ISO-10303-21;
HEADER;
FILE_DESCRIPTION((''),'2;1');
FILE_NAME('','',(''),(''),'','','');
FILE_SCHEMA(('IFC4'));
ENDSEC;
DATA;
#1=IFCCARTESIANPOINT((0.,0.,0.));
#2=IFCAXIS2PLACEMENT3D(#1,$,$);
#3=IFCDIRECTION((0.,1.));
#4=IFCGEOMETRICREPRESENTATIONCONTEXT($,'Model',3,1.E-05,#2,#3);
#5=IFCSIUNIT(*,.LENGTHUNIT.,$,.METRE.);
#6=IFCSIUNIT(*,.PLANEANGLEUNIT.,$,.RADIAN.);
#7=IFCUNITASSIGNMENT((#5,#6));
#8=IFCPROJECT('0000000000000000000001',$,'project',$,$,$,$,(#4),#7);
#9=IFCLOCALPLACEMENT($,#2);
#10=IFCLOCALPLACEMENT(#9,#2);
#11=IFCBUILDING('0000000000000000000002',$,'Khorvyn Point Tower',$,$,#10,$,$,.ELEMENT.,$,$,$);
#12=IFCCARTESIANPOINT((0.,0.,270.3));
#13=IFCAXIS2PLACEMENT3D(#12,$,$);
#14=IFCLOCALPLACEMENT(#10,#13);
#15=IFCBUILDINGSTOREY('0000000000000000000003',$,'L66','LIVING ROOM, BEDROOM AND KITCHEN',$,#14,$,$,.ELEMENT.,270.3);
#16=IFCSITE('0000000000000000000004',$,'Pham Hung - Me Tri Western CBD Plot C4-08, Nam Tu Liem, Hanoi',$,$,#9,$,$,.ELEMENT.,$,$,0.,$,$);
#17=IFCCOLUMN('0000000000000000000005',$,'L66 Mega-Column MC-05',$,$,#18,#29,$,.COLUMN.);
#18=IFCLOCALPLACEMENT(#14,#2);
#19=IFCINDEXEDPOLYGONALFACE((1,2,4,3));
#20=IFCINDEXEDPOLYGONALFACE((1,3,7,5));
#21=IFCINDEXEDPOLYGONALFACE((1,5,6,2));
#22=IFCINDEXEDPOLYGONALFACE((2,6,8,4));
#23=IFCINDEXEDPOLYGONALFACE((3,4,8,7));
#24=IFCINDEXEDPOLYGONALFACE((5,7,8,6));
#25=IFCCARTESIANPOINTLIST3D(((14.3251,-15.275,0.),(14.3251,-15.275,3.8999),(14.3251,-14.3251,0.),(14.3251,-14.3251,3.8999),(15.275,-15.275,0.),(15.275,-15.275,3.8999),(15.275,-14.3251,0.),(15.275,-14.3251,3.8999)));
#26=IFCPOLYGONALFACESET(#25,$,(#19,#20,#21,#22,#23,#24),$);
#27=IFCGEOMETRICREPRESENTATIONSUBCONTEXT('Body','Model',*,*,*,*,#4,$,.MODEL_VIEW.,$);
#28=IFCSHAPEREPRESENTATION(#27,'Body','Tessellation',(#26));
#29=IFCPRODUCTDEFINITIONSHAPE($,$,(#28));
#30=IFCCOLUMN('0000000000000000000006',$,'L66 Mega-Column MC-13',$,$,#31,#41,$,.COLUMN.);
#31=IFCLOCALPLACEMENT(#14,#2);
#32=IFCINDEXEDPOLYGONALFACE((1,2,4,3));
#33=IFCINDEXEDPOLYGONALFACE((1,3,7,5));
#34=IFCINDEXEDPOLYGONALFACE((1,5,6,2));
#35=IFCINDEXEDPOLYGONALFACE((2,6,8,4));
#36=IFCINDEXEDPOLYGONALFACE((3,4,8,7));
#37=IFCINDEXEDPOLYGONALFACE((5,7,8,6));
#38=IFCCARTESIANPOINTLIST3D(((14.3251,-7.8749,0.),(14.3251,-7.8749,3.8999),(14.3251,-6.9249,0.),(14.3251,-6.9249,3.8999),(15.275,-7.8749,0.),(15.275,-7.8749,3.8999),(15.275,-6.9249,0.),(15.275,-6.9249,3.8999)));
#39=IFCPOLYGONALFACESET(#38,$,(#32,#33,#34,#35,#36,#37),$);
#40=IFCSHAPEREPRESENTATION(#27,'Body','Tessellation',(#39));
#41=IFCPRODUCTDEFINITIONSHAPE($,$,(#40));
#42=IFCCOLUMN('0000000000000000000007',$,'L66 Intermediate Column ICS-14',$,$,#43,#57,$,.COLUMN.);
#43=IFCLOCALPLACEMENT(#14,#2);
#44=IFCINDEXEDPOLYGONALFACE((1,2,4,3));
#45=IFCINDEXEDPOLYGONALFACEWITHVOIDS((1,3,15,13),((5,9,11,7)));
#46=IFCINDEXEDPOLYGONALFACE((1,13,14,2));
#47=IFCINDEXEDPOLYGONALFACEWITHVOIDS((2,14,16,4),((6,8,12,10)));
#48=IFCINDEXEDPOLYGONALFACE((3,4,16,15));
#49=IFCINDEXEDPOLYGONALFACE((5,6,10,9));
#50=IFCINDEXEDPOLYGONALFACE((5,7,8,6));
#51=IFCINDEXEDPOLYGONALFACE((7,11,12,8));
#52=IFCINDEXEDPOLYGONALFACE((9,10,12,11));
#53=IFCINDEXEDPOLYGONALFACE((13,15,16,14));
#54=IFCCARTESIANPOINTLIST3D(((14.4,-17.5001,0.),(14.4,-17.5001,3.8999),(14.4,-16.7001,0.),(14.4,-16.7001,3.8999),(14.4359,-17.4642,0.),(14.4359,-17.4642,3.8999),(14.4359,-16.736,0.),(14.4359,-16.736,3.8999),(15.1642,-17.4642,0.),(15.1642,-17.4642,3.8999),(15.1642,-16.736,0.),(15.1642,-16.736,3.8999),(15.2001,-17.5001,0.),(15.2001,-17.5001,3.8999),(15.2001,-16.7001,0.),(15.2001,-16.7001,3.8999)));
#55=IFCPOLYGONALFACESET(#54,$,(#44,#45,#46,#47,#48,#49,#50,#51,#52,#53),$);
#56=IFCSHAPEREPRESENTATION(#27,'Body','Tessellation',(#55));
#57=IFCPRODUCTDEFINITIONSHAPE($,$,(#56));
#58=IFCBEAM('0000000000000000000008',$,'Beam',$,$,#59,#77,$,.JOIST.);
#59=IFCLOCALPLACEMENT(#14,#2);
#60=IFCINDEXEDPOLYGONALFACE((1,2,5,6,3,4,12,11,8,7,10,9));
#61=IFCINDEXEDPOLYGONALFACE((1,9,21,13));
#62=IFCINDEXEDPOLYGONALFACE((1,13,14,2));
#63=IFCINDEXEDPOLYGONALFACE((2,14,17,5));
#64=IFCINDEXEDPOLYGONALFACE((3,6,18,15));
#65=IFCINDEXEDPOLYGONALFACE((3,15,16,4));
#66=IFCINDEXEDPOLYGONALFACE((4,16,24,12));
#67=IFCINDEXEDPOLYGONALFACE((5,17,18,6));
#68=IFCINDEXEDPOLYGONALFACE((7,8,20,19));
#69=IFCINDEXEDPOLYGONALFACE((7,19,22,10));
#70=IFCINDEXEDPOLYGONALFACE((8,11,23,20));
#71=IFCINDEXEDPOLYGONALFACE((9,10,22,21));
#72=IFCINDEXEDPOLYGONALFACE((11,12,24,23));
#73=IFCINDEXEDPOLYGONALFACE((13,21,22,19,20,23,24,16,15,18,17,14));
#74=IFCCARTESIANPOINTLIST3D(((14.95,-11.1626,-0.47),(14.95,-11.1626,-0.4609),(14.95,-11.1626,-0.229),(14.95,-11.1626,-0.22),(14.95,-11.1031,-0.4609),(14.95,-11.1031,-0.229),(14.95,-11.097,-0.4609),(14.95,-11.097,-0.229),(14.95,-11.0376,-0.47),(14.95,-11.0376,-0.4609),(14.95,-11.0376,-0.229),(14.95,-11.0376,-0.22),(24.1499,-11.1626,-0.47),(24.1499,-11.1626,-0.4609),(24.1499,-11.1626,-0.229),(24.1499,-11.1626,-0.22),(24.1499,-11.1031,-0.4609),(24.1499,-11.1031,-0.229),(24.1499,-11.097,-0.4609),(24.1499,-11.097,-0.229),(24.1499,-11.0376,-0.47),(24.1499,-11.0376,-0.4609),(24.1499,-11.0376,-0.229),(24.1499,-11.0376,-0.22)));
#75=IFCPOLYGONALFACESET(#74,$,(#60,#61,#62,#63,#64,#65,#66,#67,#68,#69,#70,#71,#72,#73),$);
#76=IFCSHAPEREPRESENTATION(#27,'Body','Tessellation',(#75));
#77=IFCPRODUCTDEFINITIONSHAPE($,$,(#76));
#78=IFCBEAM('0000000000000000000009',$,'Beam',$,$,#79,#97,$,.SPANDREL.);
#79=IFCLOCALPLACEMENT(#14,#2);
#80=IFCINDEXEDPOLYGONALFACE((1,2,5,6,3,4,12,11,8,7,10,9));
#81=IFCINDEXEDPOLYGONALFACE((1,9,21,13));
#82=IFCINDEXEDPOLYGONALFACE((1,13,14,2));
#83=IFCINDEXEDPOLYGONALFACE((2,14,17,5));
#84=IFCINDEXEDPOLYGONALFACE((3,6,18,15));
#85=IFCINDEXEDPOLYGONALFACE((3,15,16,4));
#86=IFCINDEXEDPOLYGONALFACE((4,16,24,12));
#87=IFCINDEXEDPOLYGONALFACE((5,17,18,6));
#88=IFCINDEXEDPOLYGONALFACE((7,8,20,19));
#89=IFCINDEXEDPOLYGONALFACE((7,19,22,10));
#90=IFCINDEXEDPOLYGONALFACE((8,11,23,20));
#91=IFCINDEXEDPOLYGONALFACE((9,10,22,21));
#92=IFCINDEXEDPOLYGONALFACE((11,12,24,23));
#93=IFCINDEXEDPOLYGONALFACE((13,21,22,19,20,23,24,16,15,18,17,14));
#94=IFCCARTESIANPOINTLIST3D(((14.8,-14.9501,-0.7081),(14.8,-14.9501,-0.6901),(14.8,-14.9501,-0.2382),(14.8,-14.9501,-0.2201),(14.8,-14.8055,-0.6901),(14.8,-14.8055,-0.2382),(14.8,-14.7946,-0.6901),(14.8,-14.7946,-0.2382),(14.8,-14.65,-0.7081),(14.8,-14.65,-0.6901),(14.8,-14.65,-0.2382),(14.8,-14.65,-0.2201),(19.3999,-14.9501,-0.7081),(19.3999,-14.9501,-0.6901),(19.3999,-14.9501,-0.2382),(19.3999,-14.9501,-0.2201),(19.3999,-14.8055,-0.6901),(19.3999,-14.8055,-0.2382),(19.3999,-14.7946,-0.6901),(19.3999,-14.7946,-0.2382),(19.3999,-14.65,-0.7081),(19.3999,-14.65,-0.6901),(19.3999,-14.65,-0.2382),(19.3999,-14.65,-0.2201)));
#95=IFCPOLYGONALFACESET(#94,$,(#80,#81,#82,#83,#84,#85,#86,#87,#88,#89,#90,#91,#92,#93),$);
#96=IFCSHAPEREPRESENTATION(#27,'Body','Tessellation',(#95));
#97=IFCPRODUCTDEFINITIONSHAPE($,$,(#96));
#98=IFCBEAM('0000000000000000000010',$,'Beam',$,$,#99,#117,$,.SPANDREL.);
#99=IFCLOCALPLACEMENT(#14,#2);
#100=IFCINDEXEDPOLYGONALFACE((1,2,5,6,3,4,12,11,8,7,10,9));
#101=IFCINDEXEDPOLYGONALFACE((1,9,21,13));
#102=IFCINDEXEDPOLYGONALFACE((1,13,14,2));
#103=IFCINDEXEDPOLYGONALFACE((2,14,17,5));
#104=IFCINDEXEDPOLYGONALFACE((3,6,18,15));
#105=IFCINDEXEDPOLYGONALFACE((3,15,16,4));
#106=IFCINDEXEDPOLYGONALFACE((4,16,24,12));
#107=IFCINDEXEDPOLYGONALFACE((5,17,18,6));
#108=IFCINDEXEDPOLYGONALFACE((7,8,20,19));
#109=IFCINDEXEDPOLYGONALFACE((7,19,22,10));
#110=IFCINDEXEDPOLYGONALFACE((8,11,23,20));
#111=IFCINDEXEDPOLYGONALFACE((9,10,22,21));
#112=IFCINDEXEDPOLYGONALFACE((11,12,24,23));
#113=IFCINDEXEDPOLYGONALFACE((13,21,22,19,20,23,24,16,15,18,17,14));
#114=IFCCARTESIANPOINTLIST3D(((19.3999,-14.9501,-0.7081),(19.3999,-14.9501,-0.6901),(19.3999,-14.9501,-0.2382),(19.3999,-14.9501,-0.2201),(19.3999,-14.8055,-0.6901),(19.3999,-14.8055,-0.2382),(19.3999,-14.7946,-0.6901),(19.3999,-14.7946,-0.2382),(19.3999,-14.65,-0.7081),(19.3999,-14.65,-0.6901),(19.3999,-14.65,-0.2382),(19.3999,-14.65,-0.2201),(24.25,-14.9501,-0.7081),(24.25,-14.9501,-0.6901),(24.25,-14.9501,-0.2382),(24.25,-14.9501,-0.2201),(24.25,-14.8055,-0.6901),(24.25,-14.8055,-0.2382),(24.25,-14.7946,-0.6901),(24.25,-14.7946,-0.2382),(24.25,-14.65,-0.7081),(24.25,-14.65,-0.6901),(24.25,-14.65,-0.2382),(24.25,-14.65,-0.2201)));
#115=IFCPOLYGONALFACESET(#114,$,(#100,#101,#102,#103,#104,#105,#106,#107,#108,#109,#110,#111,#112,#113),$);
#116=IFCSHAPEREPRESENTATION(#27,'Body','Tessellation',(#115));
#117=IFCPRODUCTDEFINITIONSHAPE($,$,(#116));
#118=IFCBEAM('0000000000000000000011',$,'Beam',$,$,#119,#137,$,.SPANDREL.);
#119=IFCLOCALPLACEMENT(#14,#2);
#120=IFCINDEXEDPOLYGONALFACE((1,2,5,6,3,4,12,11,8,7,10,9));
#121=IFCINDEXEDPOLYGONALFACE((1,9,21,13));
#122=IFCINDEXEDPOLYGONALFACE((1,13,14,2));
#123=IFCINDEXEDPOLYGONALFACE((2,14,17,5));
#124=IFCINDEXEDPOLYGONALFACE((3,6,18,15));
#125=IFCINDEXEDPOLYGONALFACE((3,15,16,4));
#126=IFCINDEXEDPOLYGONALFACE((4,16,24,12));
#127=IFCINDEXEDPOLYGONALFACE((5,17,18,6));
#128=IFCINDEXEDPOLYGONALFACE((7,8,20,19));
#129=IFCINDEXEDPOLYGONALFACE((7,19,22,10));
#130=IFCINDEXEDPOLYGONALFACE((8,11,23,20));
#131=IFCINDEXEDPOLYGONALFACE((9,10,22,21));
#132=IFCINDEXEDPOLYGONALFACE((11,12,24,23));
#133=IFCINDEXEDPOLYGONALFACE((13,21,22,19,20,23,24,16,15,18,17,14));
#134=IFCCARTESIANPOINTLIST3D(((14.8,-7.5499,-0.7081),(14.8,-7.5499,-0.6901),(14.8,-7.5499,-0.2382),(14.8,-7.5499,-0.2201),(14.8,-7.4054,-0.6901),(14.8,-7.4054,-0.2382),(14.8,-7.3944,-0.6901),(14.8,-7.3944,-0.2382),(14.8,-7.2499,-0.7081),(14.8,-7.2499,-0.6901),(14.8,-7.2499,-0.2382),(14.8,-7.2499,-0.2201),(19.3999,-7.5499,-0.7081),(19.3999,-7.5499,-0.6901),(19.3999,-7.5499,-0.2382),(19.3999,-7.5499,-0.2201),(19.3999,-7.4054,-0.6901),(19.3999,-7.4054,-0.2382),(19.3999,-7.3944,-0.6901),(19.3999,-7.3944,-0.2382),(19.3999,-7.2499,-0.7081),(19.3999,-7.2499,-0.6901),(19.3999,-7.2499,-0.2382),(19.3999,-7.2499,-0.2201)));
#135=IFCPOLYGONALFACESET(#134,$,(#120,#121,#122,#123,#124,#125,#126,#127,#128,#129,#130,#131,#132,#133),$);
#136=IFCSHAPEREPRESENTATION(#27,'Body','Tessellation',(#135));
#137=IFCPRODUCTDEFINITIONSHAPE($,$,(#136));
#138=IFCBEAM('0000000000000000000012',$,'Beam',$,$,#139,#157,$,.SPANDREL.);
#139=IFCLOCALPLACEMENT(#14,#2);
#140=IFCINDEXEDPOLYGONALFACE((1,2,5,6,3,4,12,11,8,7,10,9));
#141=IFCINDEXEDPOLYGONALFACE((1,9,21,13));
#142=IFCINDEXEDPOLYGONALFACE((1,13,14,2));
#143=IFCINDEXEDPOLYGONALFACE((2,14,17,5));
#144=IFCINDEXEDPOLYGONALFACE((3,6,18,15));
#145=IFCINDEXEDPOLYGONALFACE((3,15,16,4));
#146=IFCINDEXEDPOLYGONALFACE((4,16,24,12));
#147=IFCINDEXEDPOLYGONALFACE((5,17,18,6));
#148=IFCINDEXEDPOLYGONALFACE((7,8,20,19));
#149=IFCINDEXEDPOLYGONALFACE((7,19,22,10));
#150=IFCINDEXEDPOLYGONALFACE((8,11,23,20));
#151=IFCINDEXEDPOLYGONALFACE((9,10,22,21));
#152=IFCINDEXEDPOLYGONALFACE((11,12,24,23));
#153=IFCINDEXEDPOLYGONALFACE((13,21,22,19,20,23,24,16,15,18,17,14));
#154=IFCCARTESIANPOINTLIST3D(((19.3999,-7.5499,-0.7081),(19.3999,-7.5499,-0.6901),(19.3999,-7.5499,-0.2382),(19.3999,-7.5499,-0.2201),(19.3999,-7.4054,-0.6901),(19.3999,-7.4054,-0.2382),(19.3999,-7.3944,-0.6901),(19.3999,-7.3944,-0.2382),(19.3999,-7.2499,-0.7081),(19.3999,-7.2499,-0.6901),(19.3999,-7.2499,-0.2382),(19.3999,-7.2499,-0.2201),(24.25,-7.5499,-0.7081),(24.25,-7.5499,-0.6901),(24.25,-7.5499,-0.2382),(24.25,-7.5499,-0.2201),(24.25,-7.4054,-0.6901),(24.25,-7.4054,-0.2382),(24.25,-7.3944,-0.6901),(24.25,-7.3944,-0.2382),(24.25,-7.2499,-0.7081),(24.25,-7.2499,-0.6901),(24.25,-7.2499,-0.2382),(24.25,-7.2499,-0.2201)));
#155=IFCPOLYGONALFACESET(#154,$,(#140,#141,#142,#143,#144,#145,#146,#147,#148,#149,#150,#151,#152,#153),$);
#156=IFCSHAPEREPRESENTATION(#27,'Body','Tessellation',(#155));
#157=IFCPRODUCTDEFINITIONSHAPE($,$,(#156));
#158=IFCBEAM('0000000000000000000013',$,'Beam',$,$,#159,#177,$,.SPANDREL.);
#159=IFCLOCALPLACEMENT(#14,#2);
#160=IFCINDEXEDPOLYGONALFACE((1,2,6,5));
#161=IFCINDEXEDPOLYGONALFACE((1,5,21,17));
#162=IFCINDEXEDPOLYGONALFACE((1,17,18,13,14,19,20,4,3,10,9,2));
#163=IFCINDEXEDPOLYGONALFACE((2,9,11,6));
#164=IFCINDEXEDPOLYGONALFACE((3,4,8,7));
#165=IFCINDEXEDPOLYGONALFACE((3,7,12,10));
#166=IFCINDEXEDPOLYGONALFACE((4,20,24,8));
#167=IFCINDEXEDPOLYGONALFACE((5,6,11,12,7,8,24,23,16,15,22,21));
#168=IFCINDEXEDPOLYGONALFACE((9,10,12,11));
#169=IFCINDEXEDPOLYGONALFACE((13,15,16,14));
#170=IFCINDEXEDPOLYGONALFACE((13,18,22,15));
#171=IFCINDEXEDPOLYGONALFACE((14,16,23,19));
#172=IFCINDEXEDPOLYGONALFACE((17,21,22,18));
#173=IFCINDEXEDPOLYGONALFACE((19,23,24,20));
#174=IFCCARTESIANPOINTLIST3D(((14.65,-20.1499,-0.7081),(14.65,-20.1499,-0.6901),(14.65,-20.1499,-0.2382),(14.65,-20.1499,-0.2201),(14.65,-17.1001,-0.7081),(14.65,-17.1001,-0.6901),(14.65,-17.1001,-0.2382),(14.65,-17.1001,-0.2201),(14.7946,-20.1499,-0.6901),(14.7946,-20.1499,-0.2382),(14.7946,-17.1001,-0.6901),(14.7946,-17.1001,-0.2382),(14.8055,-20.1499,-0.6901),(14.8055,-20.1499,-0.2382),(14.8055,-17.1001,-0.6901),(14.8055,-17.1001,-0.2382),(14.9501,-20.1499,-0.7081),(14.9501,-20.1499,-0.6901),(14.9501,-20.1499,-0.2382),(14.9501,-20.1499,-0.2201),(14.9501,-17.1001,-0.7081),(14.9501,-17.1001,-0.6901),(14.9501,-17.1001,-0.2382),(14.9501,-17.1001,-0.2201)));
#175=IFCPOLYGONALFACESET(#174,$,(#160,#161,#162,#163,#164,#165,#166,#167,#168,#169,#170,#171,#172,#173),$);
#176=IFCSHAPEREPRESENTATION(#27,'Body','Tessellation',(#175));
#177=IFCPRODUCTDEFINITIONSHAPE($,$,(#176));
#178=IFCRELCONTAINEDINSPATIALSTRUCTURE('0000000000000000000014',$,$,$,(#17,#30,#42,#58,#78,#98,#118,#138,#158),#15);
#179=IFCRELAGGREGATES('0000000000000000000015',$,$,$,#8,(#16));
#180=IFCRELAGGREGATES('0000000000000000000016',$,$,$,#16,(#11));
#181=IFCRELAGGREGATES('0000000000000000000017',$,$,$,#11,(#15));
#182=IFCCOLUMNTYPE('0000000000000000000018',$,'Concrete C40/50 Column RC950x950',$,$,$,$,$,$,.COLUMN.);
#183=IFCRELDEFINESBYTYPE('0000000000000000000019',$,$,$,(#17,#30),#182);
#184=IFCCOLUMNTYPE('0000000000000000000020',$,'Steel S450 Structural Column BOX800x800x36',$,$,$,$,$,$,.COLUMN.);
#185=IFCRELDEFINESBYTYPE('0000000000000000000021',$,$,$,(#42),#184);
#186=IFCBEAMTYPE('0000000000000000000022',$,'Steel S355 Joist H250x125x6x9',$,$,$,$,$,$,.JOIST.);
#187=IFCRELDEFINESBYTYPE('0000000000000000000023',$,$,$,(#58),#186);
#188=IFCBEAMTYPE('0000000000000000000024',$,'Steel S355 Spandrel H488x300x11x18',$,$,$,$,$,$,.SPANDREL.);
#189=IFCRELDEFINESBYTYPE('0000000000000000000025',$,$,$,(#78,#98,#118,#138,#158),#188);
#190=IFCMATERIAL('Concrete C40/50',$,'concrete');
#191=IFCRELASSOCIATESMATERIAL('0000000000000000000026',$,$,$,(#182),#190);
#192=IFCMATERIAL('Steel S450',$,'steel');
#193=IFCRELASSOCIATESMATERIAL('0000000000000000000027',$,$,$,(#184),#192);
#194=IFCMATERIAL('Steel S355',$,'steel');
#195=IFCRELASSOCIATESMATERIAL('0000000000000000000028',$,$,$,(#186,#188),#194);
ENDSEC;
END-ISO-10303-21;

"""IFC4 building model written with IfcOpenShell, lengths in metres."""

from ifc_helpers import new_model, si_unit, direction, frame, origin, origin_2d, place, context, subcontext, project, spatial, rectangle, hollow_rectangle, i_section, extrude, material, material_profile, profile_set, type_object, element, save


model = new_model("IFC4")

# Units and contexts
model_context = context("Model", 3, precision=1e-05, world=origin(), true_north=direction((0.0, 1.0)))
body_context = subcontext(model_context, "Body", "Model", "MODEL_VIEW")
ifc_project = project(units=[si_unit("LENGTHUNIT", "METRE"), si_unit("PLANEANGLEUNIT", "RADIAN")], contexts=[model_context])

# Site, building, storey
site_placement = place(None, origin())
site = spatial("IfcSite", under=ifc_project, at=site_placement, Name="Pham Hung - Me Tri Western CBD Plot C4-08, Nam Tu Liem, Hanoi", CompositionType="ELEMENT", RefElevation=0.0)
building_placement = place(site_placement, origin())
building = spatial("IfcBuilding", under=site, at=building_placement, Name="Khorvyn Point Tower", CompositionType="ELEMENT")
storey_placement = place(building_placement, frame((0.0, 0.0, 270.3)))
storey = spatial("IfcBuildingStorey", under=building, at=storey_placement, Name="L66", Description="LIVING ROOM, BEDROOM AND KITCHEN", CompositionType="ELEMENT", Elevation=270.3)

# Columns
ifc_material_1 = material(Name="Concrete C40/50", Category="concrete")
ifc_material_profile_1 = material_profile(ifc_material_1, rectangle(XDim=0.95, YDim=0.95, at=origin_2d()))
ifc_profile_set_1 = profile_set([ifc_material_profile_1], Name="Concrete C40/50 RC950x950")
column_type_1 = type_object("IfcColumnType", Name="Concrete C40/50 Column RC950x950", PredefinedType="COLUMN", material=ifc_profile_set_1)
for number, where, z_axis, x_axis, name in (
    (1, (14.8, -14.8, 0.0), (0.0, 0.0, 1.0), (1.0, 0.0, 0.0), "L66 Mega-Column MC-05"),
    (2, (14.8, -7.3999, 0.0), (0.0, 0.0, 1.0), (1.0, 0.0, 0.0), "L66 Mega-Column MC-13"),
):
    element("IfcColumn", number, at=place(storey_placement, frame(where, z_axis=z_axis, x_axis=x_axis)), inside=storey, type_object=column_type_1, Name=name, PredefinedType="COLUMN", context=body_context, shape_type="SweptSolid", body=[
        extrude(rectangle(XDim=0.95, YDim=0.95, at=origin_2d()), origin(), (0.0, 0.0, 1.0), 3.8999),
    ])
ifc_material_2 = material(Name="Steel S450", Category="steel")
ifc_material_profile_2 = material_profile(ifc_material_2, hollow_rectangle(XDim=0.8, YDim=0.8, WallThickness=0.0359, at=origin_2d()))
ifc_profile_set_2 = profile_set([ifc_material_profile_2], Name="Steel S450 BOX800x800x36")
column_type_2 = type_object("IfcColumnType", Name="Steel S450 Structural Column BOX800x800x36", PredefinedType="COLUMN", material=ifc_profile_set_2)
column_placement = place(storey_placement, frame((14.8, -17.1001, 0.0), z_axis=(0.0, 0.0, 1.0), x_axis=(1.0, 0.0, 0.0)))
element("IfcColumn", 3, at=column_placement, inside=storey, type_object=column_type_2, Name="L66 Intermediate Column ICS-14", PredefinedType="COLUMN", context=body_context, shape_type="SweptSolid", body=[
    extrude(hollow_rectangle(XDim=0.8, YDim=0.8, WallThickness=0.0359, at=origin_2d()), origin(), (0.0, 0.0, 1.0), 3.8999),
])

# Beams
ifc_material_3 = material(Name="Steel S355", Category="steel")
ifc_material_profile_3 = material_profile(ifc_material_3, i_section(OverallWidth=0.125, OverallDepth=0.25, WebThickness=0.0061, FlangeThickness=0.009, at=origin_2d()))
ifc_profile_set_3 = profile_set([ifc_material_profile_3], Name="Steel S355 H250x125x6x9")
beam_type_1 = type_object("IfcBeamType", Name="Steel S355 Joist H250x125x6x9", PredefinedType="JOIST", material=ifc_profile_set_3)
beam_1_placement = place(storey_placement, frame((14.95, -11.1001, -0.345), z_axis=(1.0, 0.0, 0.0), x_axis=(0.0, 1.0, 0.0)))
element("IfcBeam", 4, at=beam_1_placement, inside=storey, type_object=beam_type_1, Name="Beam", PredefinedType="JOIST", context=body_context, shape_type="SweptSolid", body=[
    extrude(i_section(OverallWidth=0.125, OverallDepth=0.25, WebThickness=0.0061, FlangeThickness=0.009, at=origin_2d()), origin(), (0.0, 0.0, 1.0), 9.2),
])
ifc_material_profile_4 = material_profile(ifc_material_3, i_section(OverallWidth=0.3, OverallDepth=0.488, WebThickness=0.011, FlangeThickness=0.0181, at=origin_2d()))
ifc_profile_set_4 = profile_set([ifc_material_profile_4], Name="Steel S355 H488x300x11x18")
beam_type_2 = type_object("IfcBeamType", Name="Steel S355 Spandrel H488x300x11x18", PredefinedType="SPANDREL", material=ifc_profile_set_4)
beam_2_placement = place(storey_placement, frame((14.8, -14.8, -0.4641), z_axis=(1.0, 0.0, 0.0), x_axis=(0.0, 1.0, 0.0)))
element("IfcBeam", 5, at=beam_2_placement, inside=storey, type_object=beam_type_2, Name="Beam", PredefinedType="SPANDREL", context=body_context, shape_type="SweptSolid", body=[
    extrude(i_section(OverallWidth=0.3, OverallDepth=0.488, WebThickness=0.011, FlangeThickness=0.0181, at=origin_2d()), origin(), (0.0, 0.0, 1.0), 4.5999),
])
beam_3_placement = place(storey_placement, frame((19.3999, -14.8, -0.4641), z_axis=(1.0, 0.0, 0.0), x_axis=(0.0, 1.0, 0.0)))
element("IfcBeam", 6, at=beam_3_placement, inside=storey, type_object=beam_type_2, Name="Beam", PredefinedType="SPANDREL", context=body_context, shape_type="SweptSolid", body=[
    extrude(i_section(OverallWidth=0.3, OverallDepth=0.488, WebThickness=0.011, FlangeThickness=0.0181, at=origin_2d()), origin(), (0.0, 0.0, 1.0), 4.8501),
])
beam_4_placement = place(storey_placement, frame((14.8, -7.3999, -0.4641), z_axis=(1.0, 0.0, 0.0), x_axis=(0.0, 1.0, 0.0)))
element("IfcBeam", 7, at=beam_4_placement, inside=storey, type_object=beam_type_2, Name="Beam", PredefinedType="SPANDREL", context=body_context, shape_type="SweptSolid", body=[
    extrude(i_section(OverallWidth=0.3, OverallDepth=0.488, WebThickness=0.011, FlangeThickness=0.0181, at=origin_2d()), origin(), (0.0, 0.0, 1.0), 4.5999),
])
beam_5_placement = place(storey_placement, frame((19.3999, -7.3999, -0.4641), z_axis=(1.0, 0.0, 0.0), x_axis=(0.0, 1.0, 0.0)))
element("IfcBeam", 8, at=beam_5_placement, inside=storey, type_object=beam_type_2, Name="Beam", PredefinedType="SPANDREL", context=body_context, shape_type="SweptSolid", body=[
    extrude(i_section(OverallWidth=0.3, OverallDepth=0.488, WebThickness=0.011, FlangeThickness=0.0181, at=origin_2d()), origin(), (0.0, 0.0, 1.0), 4.8501),
])
beam_6_placement = place(storey_placement, frame((14.8, -20.1499, -0.4641), z_axis=(0.0, 1.0, 0.0), x_axis=(-1.0, 0.0, 0.0)))
element("IfcBeam", 9, at=beam_6_placement, inside=storey, type_object=beam_type_2, Name="Beam", PredefinedType="SPANDREL", context=body_context, shape_type="SweptSolid", body=[
    extrude(i_section(OverallWidth=0.3, OverallDepth=0.488, WebThickness=0.011, FlangeThickness=0.0181, at=origin_2d()), origin(), (0.0, 0.0, 1.0), 3.0498),
])

save(model, "model.ifc")
